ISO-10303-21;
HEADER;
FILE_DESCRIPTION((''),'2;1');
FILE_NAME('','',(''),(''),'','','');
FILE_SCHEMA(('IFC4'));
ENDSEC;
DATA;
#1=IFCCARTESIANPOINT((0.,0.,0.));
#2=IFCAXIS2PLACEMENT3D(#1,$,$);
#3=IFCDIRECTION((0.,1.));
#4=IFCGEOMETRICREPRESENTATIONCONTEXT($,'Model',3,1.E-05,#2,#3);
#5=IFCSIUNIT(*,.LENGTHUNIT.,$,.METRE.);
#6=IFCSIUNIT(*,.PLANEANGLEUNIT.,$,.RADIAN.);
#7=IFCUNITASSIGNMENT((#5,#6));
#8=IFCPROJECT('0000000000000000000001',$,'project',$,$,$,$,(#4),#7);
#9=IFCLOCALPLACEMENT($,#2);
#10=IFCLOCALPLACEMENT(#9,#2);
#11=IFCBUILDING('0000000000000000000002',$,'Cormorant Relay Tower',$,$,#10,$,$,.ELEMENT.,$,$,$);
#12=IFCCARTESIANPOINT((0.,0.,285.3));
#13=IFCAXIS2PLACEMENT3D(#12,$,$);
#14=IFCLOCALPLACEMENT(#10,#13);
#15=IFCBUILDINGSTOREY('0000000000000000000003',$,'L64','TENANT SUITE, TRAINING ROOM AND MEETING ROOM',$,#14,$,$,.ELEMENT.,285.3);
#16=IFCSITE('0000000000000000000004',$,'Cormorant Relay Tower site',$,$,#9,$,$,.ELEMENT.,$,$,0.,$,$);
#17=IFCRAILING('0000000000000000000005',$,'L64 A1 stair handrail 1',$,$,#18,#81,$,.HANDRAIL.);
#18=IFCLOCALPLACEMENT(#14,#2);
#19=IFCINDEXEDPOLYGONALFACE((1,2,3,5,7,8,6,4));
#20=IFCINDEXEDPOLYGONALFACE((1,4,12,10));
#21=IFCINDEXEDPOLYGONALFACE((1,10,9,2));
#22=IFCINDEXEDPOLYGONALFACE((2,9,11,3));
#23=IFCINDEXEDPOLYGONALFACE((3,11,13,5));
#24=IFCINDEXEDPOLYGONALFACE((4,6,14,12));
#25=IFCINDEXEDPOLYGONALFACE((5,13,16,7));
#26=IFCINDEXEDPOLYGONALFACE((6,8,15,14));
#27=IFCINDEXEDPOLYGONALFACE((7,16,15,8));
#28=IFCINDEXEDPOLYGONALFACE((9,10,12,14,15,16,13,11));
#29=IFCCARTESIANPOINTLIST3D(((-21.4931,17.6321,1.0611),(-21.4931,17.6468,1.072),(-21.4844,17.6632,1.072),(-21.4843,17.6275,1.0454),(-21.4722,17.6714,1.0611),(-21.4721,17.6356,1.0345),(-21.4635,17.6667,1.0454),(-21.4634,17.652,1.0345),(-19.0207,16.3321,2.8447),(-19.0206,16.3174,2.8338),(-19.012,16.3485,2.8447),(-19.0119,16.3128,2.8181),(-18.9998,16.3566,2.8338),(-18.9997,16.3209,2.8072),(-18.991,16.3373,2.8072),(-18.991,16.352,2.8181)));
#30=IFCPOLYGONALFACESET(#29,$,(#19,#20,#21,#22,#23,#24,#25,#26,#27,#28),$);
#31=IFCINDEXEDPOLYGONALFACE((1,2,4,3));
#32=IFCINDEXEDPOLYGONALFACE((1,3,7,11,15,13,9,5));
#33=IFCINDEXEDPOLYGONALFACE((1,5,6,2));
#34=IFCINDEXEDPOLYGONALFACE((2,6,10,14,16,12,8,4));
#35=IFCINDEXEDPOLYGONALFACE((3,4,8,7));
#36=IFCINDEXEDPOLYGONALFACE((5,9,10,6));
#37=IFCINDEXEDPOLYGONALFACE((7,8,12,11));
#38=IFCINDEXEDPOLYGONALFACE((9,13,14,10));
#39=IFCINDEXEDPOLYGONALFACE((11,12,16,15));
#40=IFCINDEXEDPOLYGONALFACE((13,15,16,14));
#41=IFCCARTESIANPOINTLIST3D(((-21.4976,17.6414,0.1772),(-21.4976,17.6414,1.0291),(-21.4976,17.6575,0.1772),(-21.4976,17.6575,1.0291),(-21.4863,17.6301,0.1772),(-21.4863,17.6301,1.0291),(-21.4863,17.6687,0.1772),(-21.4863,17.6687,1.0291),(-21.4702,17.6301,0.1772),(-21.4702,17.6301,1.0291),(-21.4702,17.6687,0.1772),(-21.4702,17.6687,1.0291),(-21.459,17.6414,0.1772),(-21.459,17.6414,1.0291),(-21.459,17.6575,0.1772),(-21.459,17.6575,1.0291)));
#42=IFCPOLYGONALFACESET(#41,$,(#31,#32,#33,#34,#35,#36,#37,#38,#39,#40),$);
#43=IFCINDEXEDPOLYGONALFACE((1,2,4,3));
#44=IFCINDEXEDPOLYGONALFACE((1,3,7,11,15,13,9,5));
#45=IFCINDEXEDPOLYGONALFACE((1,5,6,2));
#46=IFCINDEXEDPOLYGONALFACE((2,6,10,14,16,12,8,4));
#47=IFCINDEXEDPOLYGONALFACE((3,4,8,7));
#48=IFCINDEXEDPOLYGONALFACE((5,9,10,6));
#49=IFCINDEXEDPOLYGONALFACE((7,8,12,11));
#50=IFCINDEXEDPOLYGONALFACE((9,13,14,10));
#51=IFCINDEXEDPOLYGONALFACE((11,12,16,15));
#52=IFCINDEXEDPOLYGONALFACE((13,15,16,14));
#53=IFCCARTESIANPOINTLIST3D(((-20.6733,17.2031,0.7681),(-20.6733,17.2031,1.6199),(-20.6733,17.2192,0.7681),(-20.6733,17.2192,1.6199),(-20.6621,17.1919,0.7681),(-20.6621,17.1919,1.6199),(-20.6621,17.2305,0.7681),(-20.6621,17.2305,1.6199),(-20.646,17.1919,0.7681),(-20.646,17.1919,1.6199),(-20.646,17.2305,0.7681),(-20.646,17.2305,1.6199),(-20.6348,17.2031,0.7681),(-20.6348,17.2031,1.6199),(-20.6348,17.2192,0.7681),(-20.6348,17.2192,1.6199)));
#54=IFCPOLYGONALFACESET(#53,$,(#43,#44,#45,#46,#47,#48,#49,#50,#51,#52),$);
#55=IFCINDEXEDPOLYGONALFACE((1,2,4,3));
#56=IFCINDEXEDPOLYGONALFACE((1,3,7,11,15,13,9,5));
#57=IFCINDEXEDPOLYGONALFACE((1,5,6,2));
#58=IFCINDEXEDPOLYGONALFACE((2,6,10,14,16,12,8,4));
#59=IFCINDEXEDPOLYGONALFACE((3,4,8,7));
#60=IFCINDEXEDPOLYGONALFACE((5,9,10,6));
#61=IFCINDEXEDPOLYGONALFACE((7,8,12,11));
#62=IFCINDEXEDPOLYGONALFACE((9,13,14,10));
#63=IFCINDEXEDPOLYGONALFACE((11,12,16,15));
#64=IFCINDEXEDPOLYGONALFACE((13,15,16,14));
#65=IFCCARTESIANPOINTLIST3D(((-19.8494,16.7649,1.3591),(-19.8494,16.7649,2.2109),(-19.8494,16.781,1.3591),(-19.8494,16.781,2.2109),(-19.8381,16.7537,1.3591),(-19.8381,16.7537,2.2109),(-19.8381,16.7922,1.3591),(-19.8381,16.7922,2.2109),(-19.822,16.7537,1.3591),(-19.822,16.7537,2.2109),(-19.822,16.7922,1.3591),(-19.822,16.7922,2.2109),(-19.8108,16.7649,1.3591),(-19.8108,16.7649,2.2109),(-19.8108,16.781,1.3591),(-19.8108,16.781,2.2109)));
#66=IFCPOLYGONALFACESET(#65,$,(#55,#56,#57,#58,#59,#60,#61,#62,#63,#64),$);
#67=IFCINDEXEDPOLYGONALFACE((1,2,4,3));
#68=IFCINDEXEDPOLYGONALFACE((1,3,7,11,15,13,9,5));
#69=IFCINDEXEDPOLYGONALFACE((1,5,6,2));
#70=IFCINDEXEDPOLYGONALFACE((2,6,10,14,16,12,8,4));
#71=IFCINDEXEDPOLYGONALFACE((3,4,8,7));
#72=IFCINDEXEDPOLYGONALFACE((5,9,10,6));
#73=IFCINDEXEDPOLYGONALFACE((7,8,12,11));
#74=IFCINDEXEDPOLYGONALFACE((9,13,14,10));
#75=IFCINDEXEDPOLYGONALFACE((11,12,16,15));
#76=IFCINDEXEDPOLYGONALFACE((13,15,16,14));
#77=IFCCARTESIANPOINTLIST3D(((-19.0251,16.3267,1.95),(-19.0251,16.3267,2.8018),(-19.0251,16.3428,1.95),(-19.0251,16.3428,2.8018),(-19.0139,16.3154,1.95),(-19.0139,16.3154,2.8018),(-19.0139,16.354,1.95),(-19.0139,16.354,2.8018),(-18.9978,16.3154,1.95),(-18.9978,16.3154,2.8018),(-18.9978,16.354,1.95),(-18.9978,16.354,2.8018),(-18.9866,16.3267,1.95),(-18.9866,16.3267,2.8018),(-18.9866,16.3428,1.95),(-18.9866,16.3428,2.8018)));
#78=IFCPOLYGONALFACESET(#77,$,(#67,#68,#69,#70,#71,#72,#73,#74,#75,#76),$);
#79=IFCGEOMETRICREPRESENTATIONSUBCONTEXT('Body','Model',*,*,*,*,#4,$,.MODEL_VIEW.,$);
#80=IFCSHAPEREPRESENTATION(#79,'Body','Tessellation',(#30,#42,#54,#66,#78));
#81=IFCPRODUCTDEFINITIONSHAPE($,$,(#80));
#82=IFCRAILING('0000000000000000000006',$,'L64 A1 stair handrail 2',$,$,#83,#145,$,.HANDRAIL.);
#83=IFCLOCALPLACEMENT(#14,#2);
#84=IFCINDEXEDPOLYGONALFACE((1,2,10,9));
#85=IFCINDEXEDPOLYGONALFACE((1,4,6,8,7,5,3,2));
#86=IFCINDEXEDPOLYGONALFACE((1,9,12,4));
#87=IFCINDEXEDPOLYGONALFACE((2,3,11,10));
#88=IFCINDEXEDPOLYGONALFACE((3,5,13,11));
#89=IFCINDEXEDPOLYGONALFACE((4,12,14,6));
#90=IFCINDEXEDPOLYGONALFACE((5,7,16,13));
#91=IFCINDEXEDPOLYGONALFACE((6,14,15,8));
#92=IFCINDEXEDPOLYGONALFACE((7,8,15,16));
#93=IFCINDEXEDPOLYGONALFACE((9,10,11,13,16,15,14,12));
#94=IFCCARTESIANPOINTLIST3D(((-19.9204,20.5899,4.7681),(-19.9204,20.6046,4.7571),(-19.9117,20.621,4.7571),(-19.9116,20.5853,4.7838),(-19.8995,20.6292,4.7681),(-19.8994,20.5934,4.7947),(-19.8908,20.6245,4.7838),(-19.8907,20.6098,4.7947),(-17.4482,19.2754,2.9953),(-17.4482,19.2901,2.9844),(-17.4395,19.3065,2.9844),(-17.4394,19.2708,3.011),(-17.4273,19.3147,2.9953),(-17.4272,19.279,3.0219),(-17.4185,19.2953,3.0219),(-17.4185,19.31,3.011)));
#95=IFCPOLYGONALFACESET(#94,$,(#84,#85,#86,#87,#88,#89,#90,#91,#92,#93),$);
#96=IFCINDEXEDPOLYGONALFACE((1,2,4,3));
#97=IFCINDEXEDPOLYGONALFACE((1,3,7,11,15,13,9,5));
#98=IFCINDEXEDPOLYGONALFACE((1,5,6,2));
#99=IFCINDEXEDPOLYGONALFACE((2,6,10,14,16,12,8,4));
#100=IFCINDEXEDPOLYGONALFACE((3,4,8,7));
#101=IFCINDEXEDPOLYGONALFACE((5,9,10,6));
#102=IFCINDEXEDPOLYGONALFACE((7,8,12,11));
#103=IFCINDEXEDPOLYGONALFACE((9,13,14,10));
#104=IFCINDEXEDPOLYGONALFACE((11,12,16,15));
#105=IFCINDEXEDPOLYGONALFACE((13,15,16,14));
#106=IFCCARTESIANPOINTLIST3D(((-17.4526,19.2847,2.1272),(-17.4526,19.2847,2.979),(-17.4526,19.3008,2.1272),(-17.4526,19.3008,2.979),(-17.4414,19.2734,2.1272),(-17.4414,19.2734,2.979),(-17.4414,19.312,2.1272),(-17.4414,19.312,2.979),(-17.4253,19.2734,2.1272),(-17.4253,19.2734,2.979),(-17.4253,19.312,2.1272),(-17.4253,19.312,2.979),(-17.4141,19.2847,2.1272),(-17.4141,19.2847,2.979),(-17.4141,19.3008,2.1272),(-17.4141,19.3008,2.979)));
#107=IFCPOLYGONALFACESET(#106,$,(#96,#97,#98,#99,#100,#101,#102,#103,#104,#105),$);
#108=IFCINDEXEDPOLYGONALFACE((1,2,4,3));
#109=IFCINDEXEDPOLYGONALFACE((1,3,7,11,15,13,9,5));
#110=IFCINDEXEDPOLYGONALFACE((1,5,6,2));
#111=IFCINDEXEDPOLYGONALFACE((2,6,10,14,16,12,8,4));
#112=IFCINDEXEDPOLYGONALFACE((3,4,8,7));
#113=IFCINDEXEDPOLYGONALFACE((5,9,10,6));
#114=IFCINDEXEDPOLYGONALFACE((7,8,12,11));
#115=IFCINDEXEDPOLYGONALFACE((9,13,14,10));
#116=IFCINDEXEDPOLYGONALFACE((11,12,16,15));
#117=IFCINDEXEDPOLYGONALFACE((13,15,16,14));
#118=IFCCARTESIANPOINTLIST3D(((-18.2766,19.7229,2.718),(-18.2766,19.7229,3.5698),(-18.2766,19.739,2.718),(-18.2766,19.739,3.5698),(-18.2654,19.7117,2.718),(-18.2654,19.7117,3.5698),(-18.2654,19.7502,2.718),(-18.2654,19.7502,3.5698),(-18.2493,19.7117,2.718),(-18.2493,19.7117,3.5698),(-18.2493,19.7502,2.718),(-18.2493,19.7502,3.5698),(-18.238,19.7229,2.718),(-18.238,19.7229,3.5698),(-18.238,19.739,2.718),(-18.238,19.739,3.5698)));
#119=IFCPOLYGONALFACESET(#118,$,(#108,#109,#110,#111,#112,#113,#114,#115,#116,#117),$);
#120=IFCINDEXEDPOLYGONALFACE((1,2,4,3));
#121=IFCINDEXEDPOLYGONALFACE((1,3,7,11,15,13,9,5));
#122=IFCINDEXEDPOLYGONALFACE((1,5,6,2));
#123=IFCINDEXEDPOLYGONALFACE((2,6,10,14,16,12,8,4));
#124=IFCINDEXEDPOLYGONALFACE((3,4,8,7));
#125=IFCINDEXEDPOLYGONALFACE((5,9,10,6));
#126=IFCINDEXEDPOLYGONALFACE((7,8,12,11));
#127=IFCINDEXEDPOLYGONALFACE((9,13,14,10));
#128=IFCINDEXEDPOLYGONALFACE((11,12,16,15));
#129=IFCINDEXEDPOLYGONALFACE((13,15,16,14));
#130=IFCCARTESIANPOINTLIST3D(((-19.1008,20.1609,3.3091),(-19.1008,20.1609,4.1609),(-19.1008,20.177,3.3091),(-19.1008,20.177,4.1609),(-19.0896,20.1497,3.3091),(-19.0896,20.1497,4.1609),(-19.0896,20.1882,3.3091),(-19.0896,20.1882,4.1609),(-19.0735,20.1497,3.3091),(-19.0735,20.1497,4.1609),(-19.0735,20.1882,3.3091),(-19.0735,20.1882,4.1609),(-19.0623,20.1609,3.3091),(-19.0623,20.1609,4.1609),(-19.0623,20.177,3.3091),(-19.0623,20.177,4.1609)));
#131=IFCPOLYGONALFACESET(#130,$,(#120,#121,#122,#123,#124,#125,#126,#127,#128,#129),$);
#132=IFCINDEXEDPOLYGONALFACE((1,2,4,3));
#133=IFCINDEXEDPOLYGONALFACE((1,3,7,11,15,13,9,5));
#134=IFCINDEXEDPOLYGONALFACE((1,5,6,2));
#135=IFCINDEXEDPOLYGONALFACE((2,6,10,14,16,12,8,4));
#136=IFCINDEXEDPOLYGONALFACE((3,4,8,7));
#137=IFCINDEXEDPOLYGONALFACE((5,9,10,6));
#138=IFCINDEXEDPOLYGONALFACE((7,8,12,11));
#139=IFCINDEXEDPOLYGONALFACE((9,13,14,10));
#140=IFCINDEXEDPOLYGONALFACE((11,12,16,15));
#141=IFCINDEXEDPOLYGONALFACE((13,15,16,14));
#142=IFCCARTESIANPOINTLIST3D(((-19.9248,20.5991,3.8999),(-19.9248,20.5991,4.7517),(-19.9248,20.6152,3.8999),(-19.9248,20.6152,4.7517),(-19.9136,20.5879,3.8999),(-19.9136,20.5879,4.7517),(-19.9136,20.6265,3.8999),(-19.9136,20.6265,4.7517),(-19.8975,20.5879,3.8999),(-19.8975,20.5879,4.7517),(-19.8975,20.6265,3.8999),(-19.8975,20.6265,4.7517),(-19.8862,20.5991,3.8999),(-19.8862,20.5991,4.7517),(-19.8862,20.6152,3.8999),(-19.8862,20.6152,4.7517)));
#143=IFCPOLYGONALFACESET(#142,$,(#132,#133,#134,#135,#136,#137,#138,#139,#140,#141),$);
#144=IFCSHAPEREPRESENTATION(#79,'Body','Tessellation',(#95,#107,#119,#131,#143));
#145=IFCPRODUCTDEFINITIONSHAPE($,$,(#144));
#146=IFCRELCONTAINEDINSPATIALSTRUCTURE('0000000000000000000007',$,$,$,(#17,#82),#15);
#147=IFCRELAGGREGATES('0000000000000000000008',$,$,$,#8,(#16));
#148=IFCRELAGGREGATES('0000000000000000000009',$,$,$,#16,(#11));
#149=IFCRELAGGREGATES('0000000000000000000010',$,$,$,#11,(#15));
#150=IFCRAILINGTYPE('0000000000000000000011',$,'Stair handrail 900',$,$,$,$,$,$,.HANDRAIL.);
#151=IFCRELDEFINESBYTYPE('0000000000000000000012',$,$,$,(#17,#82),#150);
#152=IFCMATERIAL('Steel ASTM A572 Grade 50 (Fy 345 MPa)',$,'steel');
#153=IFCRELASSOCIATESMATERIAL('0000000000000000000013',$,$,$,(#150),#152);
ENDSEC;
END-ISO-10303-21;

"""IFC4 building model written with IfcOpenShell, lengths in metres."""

from ifc_helpers import new_model, si_unit, direction, frame, origin, place, context, subcontext, project, spatial, polyline, outline, extrude, material, type_object, element, save


model = new_model("IFC4")

# Units and contexts
model_context = context("Model", 3, precision=1e-05, world=origin(), true_north=direction((0.0, 1.0)))
body_context = subcontext(model_context, "Body", "Model", "MODEL_VIEW")
ifc_project = project(units=[si_unit("LENGTHUNIT", "METRE"), si_unit("PLANEANGLEUNIT", "RADIAN")], contexts=[model_context])

# Site, building, storey
site_placement = place(None, origin())
site = spatial("IfcSite", under=ifc_project, at=site_placement, Name="Cormorant Relay Tower site", CompositionType="ELEMENT", RefElevation=0.0)
building_placement = place(site_placement, origin())
building = spatial("IfcBuilding", under=site, at=building_placement, Name="Cormorant Relay Tower", CompositionType="ELEMENT")
storey_placement = place(building_placement, frame((0.0, 0.0, 285.3)))
storey = spatial("IfcBuildingStorey", under=building, at=storey_placement, Name="L64", Description="TENANT SUITE, TRAINING ROOM AND MEETING ROOM", CompositionType="ELEMENT", Elevation=285.3)

# Railings
ifc_material_1 = material(Name="Steel ASTM A572 Grade 50 (Fy 345 MPa)", Category="steel")
railing_type_1 = type_object("IfcRailingType", Name="Stair handrail 900", PredefinedType="HANDRAIL", material=ifc_material_1)
railing_1_placement = place(storey_placement, frame((-21.4783, 17.6494, 0.1772)))
element("IfcRailing", 1, at=railing_1_placement, inside=storey, type_object=railing_type_1, Name="L64 A1 stair handrail 1", PredefinedType="HANDRAIL", context=body_context, shape_type="SweptSolid", body=[
    extrude(outline(polyline([(0.0222, 0.0093), (0.0093, 0.0222), (-0.0093, 0.0222), (-0.0222, 0.0093), (-0.0222, -0.0093), (-0.0093, -0.0222), (0.0093, -0.0222), (0.0222, -0.0093), (0.0222, 0.0093)])), frame((0.0, 0.0, 0.876), z_axis=(0.746012, -0.39669, 0.534886), x_axis=(0.469497, 0.882934, 0.0)), (0.0, 0.0, 1.0), 3.3142),
    extrude(outline(polyline([(0.0193, 0.0081), (0.0081, 0.0193), (-0.0081, 0.0193), (-0.0193, 0.0081), (-0.0193, -0.0081), (-0.0081, -0.0193), (0.0081, -0.0193), (0.0193, -0.0081), (0.0193, 0.0081)])), origin(), (0.0, 0.0, 1.0), 0.8518),
    extrude(outline(polyline([(0.0193, 0.0081), (0.0081, 0.0193), (-0.0081, 0.0193), (-0.0193, 0.0081), (-0.0193, -0.0081), (-0.0081, -0.0193), (0.0081, -0.0193), (0.0193, -0.0081), (0.0193, 0.0081)])), frame((0.8242, -0.4382, 0.5908)), (0.0, 0.0, 1.0), 0.8518),
    extrude(outline(polyline([(0.0193, 0.0081), (0.0081, 0.0193), (-0.0081, 0.0193), (-0.0193, 0.0081), (-0.0193, -0.0081), (-0.0081, -0.0193), (0.0081, -0.0193), (0.0193, -0.0081), (0.0193, 0.0081)])), frame((1.6482, -0.8765, 1.1819)), (0.0, 0.0, 1.0), 0.8518),
    extrude(outline(polyline([(0.0193, 0.0081), (0.0081, 0.0193), (-0.0081, 0.0193), (-0.0193, 0.0081), (-0.0193, -0.0081), (-0.0081, -0.0193), (0.0081, -0.0193), (0.0193, -0.0081), (0.0193, 0.0081)])), frame((2.4724, -1.3147, 1.7727)), (0.0, 0.0, 1.0), 0.8518),
])
railing_2_placement = place(storey_placement, frame((-17.4333, 19.2927, 2.1272)))
element("IfcRailing", 2, at=railing_2_placement, inside=storey, type_object=railing_type_1, Name="L64 A1 stair handrail 2", PredefinedType="HANDRAIL", context=body_context, shape_type="SweptSolid", body=[
    extrude(outline(polyline([(0.0222, 0.0093), (0.0093, 0.0222), (-0.0093, 0.0222), (-0.0222, 0.0093), (-0.0222, -0.0093), (-0.0093, -0.0222), (0.0093, -0.0222), (0.0222, -0.0093), (0.0222, 0.0093)])), frame((0.0, 0.0, 0.876), z_axis=(-0.746001, 0.396649, 0.534931), x_axis=(-0.469465, -0.882951, 0.0)), (0.0, 0.0, 1.0), 3.314),
    extrude(outline(polyline([(0.0193, 0.0081), (0.0081, 0.0193), (-0.0081, 0.0193), (-0.0193, 0.0081), (-0.0193, -0.0081), (-0.0081, -0.0193), (0.0081, -0.0193), (0.0193, -0.0081), (0.0193, 0.0081)])), origin(), (0.0, 0.0, 1.0), 0.8518),
    extrude(outline(polyline([(0.0193, 0.0081), (0.0081, 0.0193), (-0.0081, 0.0193), (-0.0193, 0.0081), (-0.0193, -0.0081), (-0.0081, -0.0193), (0.0081, -0.0193), (0.0193, -0.0081), (0.0193, 0.0081)])), frame((-0.824, 0.4382, 0.5908)), (0.0, 0.0, 1.0), 0.8518),
    extrude(outline(polyline([(0.0193, 0.0081), (0.0081, 0.0193), (-0.0081, 0.0193), (-0.0193, 0.0081), (-0.0193, -0.0081), (-0.0081, -0.0193), (0.0081, -0.0193), (0.0193, -0.0081), (0.0193, 0.0081)])), frame((-1.6482, 0.8762, 1.1819)), (0.0, 0.0, 1.0), 0.8518),
    extrude(outline(polyline([(0.0193, 0.0081), (0.0081, 0.0193), (-0.0081, 0.0193), (-0.0193, 0.0081), (-0.0193, -0.0081), (-0.0081, -0.0193), (0.0081, -0.0193), (0.0193, -0.0081), (0.0193, 0.0081)])), frame((-2.4722, 1.3145, 1.7727)), (0.0, 0.0, 1.0), 0.8518),
])

save(model, "model.ifc")
